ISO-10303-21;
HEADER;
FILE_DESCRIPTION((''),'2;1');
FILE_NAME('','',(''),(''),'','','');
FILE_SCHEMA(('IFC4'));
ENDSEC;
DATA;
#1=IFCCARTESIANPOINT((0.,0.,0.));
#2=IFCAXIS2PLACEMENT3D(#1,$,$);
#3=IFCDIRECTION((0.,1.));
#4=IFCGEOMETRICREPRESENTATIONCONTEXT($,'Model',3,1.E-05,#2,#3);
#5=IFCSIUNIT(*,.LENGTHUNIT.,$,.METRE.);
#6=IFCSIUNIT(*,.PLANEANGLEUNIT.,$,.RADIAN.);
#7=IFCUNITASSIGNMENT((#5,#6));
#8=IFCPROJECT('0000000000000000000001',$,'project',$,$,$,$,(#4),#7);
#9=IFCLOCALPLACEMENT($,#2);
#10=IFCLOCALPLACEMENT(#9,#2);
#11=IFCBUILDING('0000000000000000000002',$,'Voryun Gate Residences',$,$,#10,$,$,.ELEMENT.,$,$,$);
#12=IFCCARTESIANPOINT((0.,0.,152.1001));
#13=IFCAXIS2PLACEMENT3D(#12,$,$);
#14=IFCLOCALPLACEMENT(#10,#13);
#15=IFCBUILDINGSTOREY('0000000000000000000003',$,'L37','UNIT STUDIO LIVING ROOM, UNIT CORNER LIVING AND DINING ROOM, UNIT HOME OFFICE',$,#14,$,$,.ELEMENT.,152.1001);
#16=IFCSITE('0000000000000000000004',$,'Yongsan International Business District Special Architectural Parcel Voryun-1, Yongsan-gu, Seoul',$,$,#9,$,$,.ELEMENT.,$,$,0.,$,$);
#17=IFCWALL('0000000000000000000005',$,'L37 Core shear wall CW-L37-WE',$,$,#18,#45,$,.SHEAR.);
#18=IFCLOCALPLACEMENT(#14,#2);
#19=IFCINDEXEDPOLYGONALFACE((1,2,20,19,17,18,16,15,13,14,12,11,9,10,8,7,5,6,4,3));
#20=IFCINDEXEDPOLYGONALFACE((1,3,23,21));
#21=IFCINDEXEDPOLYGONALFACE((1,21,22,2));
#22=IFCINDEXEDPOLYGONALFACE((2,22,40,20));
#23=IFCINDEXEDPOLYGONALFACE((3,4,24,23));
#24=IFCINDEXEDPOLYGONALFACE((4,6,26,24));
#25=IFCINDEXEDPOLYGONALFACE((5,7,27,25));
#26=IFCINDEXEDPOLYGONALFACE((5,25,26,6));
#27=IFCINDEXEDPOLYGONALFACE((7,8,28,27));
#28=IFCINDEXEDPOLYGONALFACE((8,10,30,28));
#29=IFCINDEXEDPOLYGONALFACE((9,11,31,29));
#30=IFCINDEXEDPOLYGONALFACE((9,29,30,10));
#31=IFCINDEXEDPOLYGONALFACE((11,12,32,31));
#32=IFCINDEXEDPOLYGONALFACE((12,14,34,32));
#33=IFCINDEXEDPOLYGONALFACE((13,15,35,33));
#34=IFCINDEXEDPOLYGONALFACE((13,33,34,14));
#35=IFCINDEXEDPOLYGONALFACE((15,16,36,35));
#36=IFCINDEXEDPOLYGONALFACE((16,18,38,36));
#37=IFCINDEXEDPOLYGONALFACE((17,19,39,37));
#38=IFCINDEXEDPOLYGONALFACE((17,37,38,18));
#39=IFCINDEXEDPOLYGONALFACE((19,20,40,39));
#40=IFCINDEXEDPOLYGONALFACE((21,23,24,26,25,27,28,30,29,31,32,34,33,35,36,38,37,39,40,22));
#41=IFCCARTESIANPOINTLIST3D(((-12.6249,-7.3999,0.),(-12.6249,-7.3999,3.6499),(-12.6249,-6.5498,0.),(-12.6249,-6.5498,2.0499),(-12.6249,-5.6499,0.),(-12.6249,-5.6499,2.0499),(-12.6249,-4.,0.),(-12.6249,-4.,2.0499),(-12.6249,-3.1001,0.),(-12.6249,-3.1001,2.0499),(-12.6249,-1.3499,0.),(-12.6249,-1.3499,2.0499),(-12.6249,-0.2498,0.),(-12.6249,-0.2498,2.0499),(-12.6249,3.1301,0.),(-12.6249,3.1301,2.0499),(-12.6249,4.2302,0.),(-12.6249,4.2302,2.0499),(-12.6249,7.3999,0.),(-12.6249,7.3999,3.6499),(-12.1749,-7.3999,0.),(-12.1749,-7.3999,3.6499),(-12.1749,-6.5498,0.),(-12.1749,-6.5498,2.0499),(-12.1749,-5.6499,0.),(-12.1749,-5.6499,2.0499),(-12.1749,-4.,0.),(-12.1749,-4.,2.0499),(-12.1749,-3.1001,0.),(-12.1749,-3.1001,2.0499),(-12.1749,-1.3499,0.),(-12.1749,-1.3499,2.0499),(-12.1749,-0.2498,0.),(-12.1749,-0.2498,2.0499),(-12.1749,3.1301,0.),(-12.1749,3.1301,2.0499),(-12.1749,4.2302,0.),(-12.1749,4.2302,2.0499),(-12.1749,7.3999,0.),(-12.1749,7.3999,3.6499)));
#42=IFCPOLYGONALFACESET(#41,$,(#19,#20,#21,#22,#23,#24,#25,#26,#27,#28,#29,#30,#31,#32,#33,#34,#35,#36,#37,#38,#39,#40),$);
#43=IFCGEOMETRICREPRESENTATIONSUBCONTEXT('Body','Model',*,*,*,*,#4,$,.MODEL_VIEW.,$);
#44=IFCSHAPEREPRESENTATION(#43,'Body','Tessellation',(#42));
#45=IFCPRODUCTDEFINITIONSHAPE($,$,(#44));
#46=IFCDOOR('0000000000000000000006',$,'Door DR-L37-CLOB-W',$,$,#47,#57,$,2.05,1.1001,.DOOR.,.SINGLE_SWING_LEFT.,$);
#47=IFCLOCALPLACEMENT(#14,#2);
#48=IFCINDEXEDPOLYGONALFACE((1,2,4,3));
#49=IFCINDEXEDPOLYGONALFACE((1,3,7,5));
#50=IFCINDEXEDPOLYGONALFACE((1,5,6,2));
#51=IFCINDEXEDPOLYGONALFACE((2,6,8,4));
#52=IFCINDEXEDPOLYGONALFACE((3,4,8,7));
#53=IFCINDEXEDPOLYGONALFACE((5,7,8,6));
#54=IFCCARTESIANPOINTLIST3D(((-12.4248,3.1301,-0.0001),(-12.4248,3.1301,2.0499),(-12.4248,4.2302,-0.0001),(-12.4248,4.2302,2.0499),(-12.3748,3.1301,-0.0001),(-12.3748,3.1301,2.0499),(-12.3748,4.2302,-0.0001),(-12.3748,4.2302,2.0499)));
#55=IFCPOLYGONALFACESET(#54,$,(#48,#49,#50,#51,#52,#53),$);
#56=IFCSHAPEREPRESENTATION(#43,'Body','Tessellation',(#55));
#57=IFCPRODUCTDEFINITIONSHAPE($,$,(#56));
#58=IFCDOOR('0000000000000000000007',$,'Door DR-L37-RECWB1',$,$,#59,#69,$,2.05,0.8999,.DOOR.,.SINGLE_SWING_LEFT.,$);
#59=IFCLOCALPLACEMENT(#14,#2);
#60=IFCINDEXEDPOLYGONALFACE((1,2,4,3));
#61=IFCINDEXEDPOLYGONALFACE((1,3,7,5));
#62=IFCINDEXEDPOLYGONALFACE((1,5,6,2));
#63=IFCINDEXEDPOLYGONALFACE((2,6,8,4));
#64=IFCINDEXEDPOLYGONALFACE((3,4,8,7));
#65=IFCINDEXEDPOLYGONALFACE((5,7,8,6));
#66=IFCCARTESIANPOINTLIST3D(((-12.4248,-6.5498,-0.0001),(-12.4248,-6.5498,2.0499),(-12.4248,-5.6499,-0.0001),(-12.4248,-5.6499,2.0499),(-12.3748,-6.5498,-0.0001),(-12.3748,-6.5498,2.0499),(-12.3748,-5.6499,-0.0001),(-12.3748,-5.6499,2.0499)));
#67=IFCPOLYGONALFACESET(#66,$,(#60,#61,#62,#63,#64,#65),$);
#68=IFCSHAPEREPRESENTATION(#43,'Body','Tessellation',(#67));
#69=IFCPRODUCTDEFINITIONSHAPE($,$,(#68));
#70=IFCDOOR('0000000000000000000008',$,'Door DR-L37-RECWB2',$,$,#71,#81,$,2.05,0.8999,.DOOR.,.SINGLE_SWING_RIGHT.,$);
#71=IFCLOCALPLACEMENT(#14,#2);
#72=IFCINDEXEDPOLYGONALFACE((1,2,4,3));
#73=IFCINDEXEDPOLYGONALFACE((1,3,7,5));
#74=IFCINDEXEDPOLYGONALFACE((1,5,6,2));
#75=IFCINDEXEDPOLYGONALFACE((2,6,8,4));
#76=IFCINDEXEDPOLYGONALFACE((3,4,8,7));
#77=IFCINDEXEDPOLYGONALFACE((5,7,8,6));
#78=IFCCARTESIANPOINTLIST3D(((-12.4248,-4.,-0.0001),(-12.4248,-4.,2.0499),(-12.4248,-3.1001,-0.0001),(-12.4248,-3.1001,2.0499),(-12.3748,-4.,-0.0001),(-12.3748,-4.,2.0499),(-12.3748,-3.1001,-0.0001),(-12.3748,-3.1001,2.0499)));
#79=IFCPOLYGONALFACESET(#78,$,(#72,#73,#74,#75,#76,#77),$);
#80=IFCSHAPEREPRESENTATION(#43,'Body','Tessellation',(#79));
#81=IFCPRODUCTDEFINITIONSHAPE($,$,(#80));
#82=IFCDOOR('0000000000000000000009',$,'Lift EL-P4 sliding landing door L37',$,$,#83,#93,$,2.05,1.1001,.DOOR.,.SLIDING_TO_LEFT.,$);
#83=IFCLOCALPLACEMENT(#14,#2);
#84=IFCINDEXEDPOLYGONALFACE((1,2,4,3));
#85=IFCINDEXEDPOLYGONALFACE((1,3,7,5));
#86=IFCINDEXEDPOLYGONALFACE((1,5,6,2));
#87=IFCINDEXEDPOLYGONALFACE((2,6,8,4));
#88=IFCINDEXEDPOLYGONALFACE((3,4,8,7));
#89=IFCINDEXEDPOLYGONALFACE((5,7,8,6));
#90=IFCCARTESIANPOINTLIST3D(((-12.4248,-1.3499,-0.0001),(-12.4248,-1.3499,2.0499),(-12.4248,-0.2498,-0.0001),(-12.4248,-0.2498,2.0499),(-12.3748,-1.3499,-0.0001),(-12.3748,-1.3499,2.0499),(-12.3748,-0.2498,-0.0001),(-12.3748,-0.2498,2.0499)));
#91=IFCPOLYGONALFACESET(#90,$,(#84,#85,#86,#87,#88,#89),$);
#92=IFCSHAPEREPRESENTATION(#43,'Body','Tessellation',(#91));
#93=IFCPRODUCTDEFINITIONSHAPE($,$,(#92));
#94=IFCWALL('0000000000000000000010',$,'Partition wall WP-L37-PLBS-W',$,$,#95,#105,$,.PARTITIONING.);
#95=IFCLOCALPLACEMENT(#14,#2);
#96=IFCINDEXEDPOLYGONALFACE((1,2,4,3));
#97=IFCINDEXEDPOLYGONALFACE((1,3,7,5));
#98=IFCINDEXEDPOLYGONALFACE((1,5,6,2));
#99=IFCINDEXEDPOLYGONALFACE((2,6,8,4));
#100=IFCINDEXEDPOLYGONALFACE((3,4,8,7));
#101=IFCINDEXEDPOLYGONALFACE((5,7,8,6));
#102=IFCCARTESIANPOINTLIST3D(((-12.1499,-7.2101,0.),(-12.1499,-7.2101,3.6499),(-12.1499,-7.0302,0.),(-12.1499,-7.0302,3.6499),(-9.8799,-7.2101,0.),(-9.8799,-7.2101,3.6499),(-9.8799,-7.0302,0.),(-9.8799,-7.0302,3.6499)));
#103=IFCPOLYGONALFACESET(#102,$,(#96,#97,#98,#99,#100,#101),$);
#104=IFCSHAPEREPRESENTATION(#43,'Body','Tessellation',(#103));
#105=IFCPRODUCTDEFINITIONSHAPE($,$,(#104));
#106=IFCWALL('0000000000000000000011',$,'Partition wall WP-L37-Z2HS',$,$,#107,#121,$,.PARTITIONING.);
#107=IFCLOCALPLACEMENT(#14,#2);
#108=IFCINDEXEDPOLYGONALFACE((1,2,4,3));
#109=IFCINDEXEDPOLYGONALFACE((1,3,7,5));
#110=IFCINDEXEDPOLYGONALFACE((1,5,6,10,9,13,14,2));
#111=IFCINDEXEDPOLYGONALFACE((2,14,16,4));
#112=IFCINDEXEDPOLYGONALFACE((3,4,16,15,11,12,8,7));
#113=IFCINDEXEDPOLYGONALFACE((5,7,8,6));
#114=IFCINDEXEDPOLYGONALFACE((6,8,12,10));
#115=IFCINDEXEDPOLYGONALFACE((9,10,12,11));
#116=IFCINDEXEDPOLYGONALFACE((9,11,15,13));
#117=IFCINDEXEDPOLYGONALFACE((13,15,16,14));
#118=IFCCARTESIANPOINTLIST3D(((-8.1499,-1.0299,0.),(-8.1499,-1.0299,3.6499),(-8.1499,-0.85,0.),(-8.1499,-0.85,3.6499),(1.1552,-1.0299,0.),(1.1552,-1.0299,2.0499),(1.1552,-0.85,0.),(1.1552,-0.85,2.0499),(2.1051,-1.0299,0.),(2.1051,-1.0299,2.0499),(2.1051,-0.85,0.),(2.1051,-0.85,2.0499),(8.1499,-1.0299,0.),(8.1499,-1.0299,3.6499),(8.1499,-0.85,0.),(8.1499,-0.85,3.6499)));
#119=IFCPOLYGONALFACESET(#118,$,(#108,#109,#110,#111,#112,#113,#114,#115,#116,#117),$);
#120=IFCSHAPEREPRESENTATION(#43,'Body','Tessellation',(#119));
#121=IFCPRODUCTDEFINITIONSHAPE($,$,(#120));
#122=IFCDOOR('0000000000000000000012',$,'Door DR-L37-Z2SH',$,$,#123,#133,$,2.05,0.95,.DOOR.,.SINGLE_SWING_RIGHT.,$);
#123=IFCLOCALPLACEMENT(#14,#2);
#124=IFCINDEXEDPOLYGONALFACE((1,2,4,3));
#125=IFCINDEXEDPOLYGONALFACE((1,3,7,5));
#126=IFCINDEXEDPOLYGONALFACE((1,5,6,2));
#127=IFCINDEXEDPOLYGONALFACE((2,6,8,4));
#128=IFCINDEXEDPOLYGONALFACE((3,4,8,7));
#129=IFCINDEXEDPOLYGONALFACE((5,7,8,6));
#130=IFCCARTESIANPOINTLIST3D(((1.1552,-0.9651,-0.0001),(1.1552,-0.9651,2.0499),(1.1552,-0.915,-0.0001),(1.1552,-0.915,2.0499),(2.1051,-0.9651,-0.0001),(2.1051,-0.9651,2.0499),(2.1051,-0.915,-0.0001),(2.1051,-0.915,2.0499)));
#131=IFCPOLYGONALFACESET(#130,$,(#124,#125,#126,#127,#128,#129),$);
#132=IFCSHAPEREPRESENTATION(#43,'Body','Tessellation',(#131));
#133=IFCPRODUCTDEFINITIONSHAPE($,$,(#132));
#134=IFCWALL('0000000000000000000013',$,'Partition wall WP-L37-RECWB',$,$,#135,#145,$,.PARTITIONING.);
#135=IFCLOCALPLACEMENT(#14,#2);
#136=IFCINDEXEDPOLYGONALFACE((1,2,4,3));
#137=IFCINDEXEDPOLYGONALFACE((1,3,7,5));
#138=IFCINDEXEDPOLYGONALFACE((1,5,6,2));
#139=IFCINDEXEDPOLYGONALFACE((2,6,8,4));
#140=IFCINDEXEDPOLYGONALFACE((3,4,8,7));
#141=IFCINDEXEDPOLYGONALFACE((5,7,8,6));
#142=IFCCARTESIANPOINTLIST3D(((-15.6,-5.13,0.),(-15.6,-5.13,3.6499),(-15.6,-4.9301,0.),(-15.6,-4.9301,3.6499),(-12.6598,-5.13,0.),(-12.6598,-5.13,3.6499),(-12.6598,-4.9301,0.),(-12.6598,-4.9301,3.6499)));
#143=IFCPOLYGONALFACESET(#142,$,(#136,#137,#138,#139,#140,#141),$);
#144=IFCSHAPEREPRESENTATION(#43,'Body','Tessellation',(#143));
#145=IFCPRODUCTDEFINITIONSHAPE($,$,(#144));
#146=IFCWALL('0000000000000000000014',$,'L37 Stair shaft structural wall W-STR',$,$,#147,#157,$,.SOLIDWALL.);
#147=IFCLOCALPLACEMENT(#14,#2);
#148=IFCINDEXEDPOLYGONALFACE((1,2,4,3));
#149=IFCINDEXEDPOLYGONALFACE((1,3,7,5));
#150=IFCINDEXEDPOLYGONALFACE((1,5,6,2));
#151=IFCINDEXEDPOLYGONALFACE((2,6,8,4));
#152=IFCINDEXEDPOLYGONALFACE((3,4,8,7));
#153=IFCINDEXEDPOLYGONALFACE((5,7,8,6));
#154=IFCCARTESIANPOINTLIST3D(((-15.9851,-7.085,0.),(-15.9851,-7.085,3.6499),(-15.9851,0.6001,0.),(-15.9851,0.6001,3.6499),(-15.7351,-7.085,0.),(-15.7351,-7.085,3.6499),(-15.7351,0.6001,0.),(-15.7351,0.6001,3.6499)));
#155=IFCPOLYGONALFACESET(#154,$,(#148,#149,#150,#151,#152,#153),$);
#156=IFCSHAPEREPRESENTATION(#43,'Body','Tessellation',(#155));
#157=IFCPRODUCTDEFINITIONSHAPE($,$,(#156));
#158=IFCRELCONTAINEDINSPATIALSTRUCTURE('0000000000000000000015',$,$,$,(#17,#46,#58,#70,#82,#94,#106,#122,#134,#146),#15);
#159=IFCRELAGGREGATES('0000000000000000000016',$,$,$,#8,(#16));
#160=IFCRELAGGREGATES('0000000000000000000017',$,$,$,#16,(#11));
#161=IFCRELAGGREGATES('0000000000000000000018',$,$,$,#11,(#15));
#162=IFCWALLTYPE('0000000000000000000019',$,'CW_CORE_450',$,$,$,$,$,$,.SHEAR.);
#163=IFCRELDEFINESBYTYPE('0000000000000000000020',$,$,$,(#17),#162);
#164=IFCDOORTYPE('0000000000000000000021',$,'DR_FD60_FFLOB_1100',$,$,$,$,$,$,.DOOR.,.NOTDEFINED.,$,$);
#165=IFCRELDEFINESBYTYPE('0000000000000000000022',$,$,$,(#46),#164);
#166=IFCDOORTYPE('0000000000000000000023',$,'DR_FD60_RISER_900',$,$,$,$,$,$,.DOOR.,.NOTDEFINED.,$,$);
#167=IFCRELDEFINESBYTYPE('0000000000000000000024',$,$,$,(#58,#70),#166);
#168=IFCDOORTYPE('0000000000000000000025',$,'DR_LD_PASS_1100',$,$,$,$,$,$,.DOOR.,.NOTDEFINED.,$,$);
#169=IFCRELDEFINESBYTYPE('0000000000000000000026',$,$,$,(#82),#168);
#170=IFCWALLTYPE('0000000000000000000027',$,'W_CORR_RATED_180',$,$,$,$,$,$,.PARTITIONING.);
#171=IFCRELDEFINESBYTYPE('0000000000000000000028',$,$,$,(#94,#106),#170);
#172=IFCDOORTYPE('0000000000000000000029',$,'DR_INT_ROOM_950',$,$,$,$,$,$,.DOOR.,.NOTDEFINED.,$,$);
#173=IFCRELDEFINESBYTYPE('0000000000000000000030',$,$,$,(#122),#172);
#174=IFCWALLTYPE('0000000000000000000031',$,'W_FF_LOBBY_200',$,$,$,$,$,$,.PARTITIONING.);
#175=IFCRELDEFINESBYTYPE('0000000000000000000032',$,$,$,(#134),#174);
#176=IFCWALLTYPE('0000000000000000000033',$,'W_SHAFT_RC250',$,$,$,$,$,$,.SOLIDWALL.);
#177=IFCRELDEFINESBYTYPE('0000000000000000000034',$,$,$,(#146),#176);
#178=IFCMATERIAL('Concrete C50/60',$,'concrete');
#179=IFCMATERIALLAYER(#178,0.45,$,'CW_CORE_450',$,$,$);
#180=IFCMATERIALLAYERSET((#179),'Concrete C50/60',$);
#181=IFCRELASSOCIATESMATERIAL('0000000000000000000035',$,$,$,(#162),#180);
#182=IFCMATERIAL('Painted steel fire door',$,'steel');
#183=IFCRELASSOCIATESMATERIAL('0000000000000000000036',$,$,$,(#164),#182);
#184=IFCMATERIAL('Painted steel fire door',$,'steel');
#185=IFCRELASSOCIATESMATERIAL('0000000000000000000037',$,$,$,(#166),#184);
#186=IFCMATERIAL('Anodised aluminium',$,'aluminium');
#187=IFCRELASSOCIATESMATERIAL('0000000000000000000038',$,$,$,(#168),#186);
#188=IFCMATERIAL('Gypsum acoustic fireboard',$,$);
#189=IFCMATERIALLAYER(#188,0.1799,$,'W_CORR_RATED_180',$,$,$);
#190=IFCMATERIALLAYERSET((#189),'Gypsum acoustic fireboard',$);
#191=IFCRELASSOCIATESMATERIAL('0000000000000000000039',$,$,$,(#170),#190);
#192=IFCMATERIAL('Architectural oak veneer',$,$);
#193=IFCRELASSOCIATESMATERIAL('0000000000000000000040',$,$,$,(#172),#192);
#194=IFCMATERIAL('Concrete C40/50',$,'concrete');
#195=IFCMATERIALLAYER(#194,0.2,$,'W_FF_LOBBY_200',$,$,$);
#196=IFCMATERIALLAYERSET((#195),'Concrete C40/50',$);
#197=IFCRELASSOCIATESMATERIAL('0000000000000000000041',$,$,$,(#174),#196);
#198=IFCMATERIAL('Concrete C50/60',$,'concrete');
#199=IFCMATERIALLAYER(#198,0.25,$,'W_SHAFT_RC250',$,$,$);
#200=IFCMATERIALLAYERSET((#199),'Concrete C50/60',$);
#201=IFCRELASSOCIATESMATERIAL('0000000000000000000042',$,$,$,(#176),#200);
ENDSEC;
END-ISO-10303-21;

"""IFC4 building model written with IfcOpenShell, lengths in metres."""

from ifc_helpers import new_model, si_unit, direction, frame, frame_2d, origin, place, context, subcontext, project, spatial, rectangle, extrude, material, layer, layer_set, type_object, element, fill, save


model = new_model("IFC4")

# Units and contexts
model_context = context("Model", 3, precision=1e-05, world=origin(), true_north=direction((0.0, 1.0)))
body_context = subcontext(model_context, "Body", "Model", "MODEL_VIEW")
ifc_project = project(units=[si_unit("LENGTHUNIT", "METRE"), si_unit("PLANEANGLEUNIT", "RADIAN")], contexts=[model_context])

# Site, building, storey
site_placement = place(None, origin())
site = spatial("IfcSite", under=ifc_project, at=site_placement, Name="Yongsan International Business District Special Architectural Parcel Voryun-1, Yongsan-gu, Seoul", CompositionType="ELEMENT", RefElevation=0.0)
building_placement = place(site_placement, origin())
building = spatial("IfcBuilding", under=site, at=building_placement, Name="Voryun Gate Residences", CompositionType="ELEMENT")
storey_placement = place(building_placement, frame((0.0, 0.0, 152.1001)))
storey = spatial("IfcBuildingStorey", under=building, at=storey_placement, Name="L37", Description="UNIT STUDIO LIVING ROOM, UNIT CORNER LIVING AND DINING ROOM, UNIT HOME OFFICE", CompositionType="ELEMENT", Elevation=152.1001)

# Wall, openings, doors
ifc_material_1 = material(Name="Concrete C50/60", Category="concrete")
ifc_layer_1 = layer(ifc_material_1, 0.45, Name="CW_CORE_450")
ifc_layer_set_1 = layer_set([ifc_layer_1], Name="Concrete C50/60")
wall_type_1 = type_object("IfcWallType", Name="CW_CORE_450", PredefinedType="SHEAR", material=ifc_layer_set_1)
wall_1_placement = place(storey_placement, frame((-12.3999, -7.3999, 0.0), z_axis=(0.0, 0.0, 1.0), x_axis=(0.0, 1.0, 0.0)))
wall_1 = element("IfcWall", 1, at=wall_1_placement, inside=storey, type_object=wall_type_1, Name="L37 Core shear wall CW-L37-WE", PredefinedType="SHEAR", context=body_context, shape_type="SweptSolid", body=[
    extrude(rectangle(XDim=14.7998, YDim=0.45, at=frame_2d((7.3999, 0.0))), origin(), (0.0, 0.0, 1.0), 3.6499),
])
opening_1_placement = place(wall_1_placement, frame((6.05, 0.0, 0.0)))
opening_1 = element("IfcOpeningElement", 2, at=opening_1_placement, cuts=wall_1, PredefinedType="OPENING", context=body_context, shape_type="SweptSolid", body=[
    extrude(rectangle(XDim=1.1001, YDim=2.05, at=frame_2d((0.55, 1.0249))), frame((0.0, 0.2351, 0.0), z_axis=(0.0, -1.0, 0.0), x_axis=(1.0, 0.0, 0.0)), (0.0, 0.0, 1.0), 0.47),
])
opening_2_placement = place(wall_1_placement, frame((10.53, 0.0, 0.0)))
opening_2 = element("IfcOpeningElement", 3, at=opening_2_placement, cuts=wall_1, PredefinedType="OPENING", context=body_context, shape_type="SweptSolid", body=[
    extrude(rectangle(XDim=1.1001, YDim=2.05, at=frame_2d((0.55, 1.0249))), frame((0.0, 0.2351, 0.0), z_axis=(0.0, -1.0, 0.0), x_axis=(1.0, 0.0, 0.0)), (0.0, 0.0, 1.0), 0.47),
])
opening_3_placement = place(wall_1_placement, frame((0.8501, 0.0, 0.0)))
opening_3 = element("IfcOpeningElement", 4, at=opening_3_placement, cuts=wall_1, PredefinedType="OPENING", context=body_context, shape_type="SweptSolid", body=[
    extrude(rectangle(XDim=0.8999, YDim=2.05, at=frame_2d((0.45, 1.0249))), frame((0.0, 0.2351, 0.0), z_axis=(0.0, -1.0, 0.0), x_axis=(1.0, 0.0, 0.0)), (0.0, 0.0, 1.0), 0.47),
])
opening_4_placement = place(wall_1_placement, frame((3.3999, 0.0, 0.0)))
opening_4 = element("IfcOpeningElement", 5, at=opening_4_placement, cuts=wall_1, PredefinedType="OPENING", context=body_context, shape_type="SweptSolid", body=[
    extrude(rectangle(XDim=0.8999, YDim=2.05, at=frame_2d((0.45, 1.0249))), frame((0.0, 0.2351, 0.0), z_axis=(0.0, -1.0, 0.0), x_axis=(1.0, 0.0, 0.0)), (0.0, 0.0, 1.0), 0.47),
])
ifc_material_2 = material(Name="Painted steel fire door", Category="steel")
door_type_1 = type_object("IfcDoorType", Name="DR_FD60_FFLOB_1100", OperationType="NOTDEFINED", PredefinedType="DOOR", material=ifc_material_2)
door_1_placement = place(opening_2_placement, origin())
door_1 = element("IfcDoor", 6, at=door_1_placement, inside=storey, type_object=door_type_1, Name="Door DR-L37-CLOB-W", OperationType="SINGLE_SWING_LEFT", OverallHeight=2.05, OverallWidth=1.1001, PredefinedType="DOOR", context=body_context, shape_type="SweptSolid", body=[
    extrude(rectangle(XDim=1.1001, YDim=2.05, at=frame_2d((0.55, 1.0249))), frame((0.0, 0.0249, 0.0), z_axis=(0.0, -1.0, 0.0), x_axis=(1.0, 0.0, 0.0)), (0.0, 0.0, 1.0), 0.05),
])
fill(opening_2, door_1)
ifc_material_3 = material(Name="Painted steel fire door", Category="steel")
door_type_2 = type_object("IfcDoorType", Name="DR_FD60_RISER_900", OperationType="NOTDEFINED", PredefinedType="DOOR", material=ifc_material_3)
door_2_placement = place(opening_3_placement, origin())
door_2 = element("IfcDoor", 7, at=door_2_placement, inside=storey, type_object=door_type_2, Name="Door DR-L37-RECWB1", OperationType="SINGLE_SWING_LEFT", OverallHeight=2.05, OverallWidth=0.8999, PredefinedType="DOOR", context=body_context, shape_type="SweptSolid", body=[
    extrude(rectangle(XDim=0.8999, YDim=2.05, at=frame_2d((0.45, 1.0249))), frame((0.0, 0.0249, 0.0), z_axis=(0.0, -1.0, 0.0), x_axis=(1.0, 0.0, 0.0)), (0.0, 0.0, 1.0), 0.05),
])
fill(opening_3, door_2)
door_3_placement = place(opening_4_placement, origin())
door_3 = element("IfcDoor", 8, at=door_3_placement, inside=storey, type_object=door_type_2, Name="Door DR-L37-RECWB2", OperationType="SINGLE_SWING_RIGHT", OverallHeight=2.05, OverallWidth=0.8999, PredefinedType="DOOR", context=body_context, shape_type="SweptSolid", body=[
    extrude(rectangle(XDim=0.8999, YDim=2.05, at=frame_2d((0.45, 1.0249))), frame((0.0, 0.0249, 0.0), z_axis=(0.0, -1.0, 0.0), x_axis=(1.0, 0.0, 0.0)), (0.0, 0.0, 1.0), 0.05),
])
fill(opening_4, door_3)
ifc_material_4 = material(Name="Anodised aluminium", Category="aluminium")
door_type_3 = type_object("IfcDoorType", Name="DR_LD_PASS_1100", OperationType="NOTDEFINED", PredefinedType="DOOR", material=ifc_material_4)
door_4_placement = place(opening_1_placement, origin())
door_4 = element("IfcDoor", 9, at=door_4_placement, inside=storey, type_object=door_type_3, Name="Lift EL-P4 sliding landing door L37", OperationType="SLIDING_TO_LEFT", OverallHeight=2.05, OverallWidth=1.1001, PredefinedType="DOOR", context=body_context, shape_type="SweptSolid", body=[
    extrude(rectangle(XDim=1.1001, YDim=2.05, at=frame_2d((0.55, 1.0249))), frame((0.0, 0.0249, 0.0), z_axis=(0.0, -1.0, 0.0), x_axis=(1.0, 0.0, 0.0)), (0.0, 0.0, 1.0), 0.05),
])
fill(opening_1, door_4)

# Wall
ifc_material_5 = material(Name="Gypsum acoustic fireboard")
ifc_layer_2 = layer(ifc_material_5, 0.1799, Name="W_CORR_RATED_180")
ifc_layer_set_2 = layer_set([ifc_layer_2], Name="Gypsum acoustic fireboard")
wall_type_2 = type_object("IfcWallType", Name="W_CORR_RATED_180", PredefinedType="PARTITIONING", material=ifc_layer_set_2)
wall_2_placement = place(storey_placement, frame((-12.1499, -7.1201, 0.0), z_axis=(0.0, 0.0, 1.0), x_axis=(1.0, 0.0, 0.0)))
element("IfcWall", 10, at=wall_2_placement, inside=storey, type_object=wall_type_2, Name="Partition wall WP-L37-PLBS-W", PredefinedType="PARTITIONING", context=body_context, shape_type="SweptSolid", body=[
    extrude(rectangle(XDim=2.27, YDim=0.1799, at=frame_2d((1.135, 0.0))), origin(), (0.0, 0.0, 1.0), 3.6499),
])

# Wall, opening, door
wall_3_placement = place(storey_placement, frame((-8.1499, -0.9399, 0.0), z_axis=(0.0, 0.0, 1.0), x_axis=(1.0, 0.0, 0.0)))
wall_3 = element("IfcWall", 11, at=wall_3_placement, inside=storey, type_object=wall_type_2, Name="Partition wall WP-L37-Z2HS", PredefinedType="PARTITIONING", context=body_context, shape_type="SweptSolid", body=[
    extrude(rectangle(XDim=16.2998, YDim=0.1799, at=frame_2d((8.1499, 0.0))), origin(), (0.0, 0.0, 1.0), 3.6499),
])
opening_5_placement = place(wall_3_placement, frame((9.3049, 0.0, 0.0)))
opening_5 = element("IfcOpeningElement", 12, at=opening_5_placement, cuts=wall_3, PredefinedType="OPENING", context=body_context, shape_type="SweptSolid", body=[
    extrude(rectangle(XDim=0.95, YDim=2.05, at=frame_2d((0.4751, 1.0249))), frame((0.0, 0.0999, 0.0), z_axis=(0.0, -1.0, 0.0), x_axis=(1.0, 0.0, 0.0)), (0.0, 0.0, 1.0), 0.2),
])
ifc_material_6 = material(Name="Architectural oak veneer")
door_type_4 = type_object("IfcDoorType", Name="DR_INT_ROOM_950", OperationType="NOTDEFINED", PredefinedType="DOOR", material=ifc_material_6)
door_5_placement = place(opening_5_placement, origin())
door_5 = element("IfcDoor", 13, at=door_5_placement, inside=storey, type_object=door_type_4, Name="Door DR-L37-Z2SH", OperationType="SINGLE_SWING_RIGHT", OverallHeight=2.05, OverallWidth=0.95, PredefinedType="DOOR", context=body_context, shape_type="SweptSolid", body=[
    extrude(rectangle(XDim=0.95, YDim=2.05, at=frame_2d((0.4751, 1.0249))), frame((0.0, 0.0249, 0.0), z_axis=(0.0, -1.0, 0.0), x_axis=(1.0, 0.0, 0.0)), (0.0, 0.0, 1.0), 0.05),
])
fill(opening_5, door_5)

# Walls
ifc_material_7 = material(Name="Concrete C40/50", Category="concrete")
ifc_layer_3 = layer(ifc_material_7, 0.2, Name="W_FF_LOBBY_200")
ifc_layer_set_3 = layer_set([ifc_layer_3], Name="Concrete C40/50")
wall_type_3 = type_object("IfcWallType", Name="W_FF_LOBBY_200", PredefinedType="PARTITIONING", material=ifc_layer_set_3)
wall_4_placement = place(storey_placement, frame((-15.6001, -5.03, 0.0), z_axis=(0.0, 0.0, 1.0), x_axis=(1.0, 0.0, 0.0)))
element("IfcWall", 14, at=wall_4_placement, inside=storey, type_object=wall_type_3, Name="Partition wall WP-L37-RECWB", PredefinedType="PARTITIONING", context=body_context, shape_type="SweptSolid", body=[
    extrude(rectangle(XDim=2.9402, YDim=0.2, at=frame_2d((1.4702, 0.0))), origin(), (0.0, 0.0, 1.0), 3.6499),
])
ifc_material_8 = material(Name="Concrete C50/60", Category="concrete")
ifc_layer_4 = layer(ifc_material_8, 0.25, Name="W_SHAFT_RC250")
ifc_layer_set_4 = layer_set([ifc_layer_4], Name="Concrete C50/60")
wall_type_4 = type_object("IfcWallType", Name="W_SHAFT_RC250", PredefinedType="SOLIDWALL", material=ifc_layer_set_4)
wall_5_placement = place(storey_placement, frame((-15.8601, -7.085, 0.0), z_axis=(0.0, 0.0, 1.0), x_axis=(0.0, 1.0, 0.0)))
element("IfcWall", 15, at=wall_5_placement, inside=storey, type_object=wall_type_4, Name="L37 Stair shaft structural wall W-STR", PredefinedType="SOLIDWALL", context=body_context, shape_type="SweptSolid", body=[
    extrude(rectangle(XDim=7.6851, YDim=0.25, at=frame_2d((3.8425, 0.0))), origin(), (0.0, 0.0, 1.0), 3.6499),
])

save(model, "model.ifc")
